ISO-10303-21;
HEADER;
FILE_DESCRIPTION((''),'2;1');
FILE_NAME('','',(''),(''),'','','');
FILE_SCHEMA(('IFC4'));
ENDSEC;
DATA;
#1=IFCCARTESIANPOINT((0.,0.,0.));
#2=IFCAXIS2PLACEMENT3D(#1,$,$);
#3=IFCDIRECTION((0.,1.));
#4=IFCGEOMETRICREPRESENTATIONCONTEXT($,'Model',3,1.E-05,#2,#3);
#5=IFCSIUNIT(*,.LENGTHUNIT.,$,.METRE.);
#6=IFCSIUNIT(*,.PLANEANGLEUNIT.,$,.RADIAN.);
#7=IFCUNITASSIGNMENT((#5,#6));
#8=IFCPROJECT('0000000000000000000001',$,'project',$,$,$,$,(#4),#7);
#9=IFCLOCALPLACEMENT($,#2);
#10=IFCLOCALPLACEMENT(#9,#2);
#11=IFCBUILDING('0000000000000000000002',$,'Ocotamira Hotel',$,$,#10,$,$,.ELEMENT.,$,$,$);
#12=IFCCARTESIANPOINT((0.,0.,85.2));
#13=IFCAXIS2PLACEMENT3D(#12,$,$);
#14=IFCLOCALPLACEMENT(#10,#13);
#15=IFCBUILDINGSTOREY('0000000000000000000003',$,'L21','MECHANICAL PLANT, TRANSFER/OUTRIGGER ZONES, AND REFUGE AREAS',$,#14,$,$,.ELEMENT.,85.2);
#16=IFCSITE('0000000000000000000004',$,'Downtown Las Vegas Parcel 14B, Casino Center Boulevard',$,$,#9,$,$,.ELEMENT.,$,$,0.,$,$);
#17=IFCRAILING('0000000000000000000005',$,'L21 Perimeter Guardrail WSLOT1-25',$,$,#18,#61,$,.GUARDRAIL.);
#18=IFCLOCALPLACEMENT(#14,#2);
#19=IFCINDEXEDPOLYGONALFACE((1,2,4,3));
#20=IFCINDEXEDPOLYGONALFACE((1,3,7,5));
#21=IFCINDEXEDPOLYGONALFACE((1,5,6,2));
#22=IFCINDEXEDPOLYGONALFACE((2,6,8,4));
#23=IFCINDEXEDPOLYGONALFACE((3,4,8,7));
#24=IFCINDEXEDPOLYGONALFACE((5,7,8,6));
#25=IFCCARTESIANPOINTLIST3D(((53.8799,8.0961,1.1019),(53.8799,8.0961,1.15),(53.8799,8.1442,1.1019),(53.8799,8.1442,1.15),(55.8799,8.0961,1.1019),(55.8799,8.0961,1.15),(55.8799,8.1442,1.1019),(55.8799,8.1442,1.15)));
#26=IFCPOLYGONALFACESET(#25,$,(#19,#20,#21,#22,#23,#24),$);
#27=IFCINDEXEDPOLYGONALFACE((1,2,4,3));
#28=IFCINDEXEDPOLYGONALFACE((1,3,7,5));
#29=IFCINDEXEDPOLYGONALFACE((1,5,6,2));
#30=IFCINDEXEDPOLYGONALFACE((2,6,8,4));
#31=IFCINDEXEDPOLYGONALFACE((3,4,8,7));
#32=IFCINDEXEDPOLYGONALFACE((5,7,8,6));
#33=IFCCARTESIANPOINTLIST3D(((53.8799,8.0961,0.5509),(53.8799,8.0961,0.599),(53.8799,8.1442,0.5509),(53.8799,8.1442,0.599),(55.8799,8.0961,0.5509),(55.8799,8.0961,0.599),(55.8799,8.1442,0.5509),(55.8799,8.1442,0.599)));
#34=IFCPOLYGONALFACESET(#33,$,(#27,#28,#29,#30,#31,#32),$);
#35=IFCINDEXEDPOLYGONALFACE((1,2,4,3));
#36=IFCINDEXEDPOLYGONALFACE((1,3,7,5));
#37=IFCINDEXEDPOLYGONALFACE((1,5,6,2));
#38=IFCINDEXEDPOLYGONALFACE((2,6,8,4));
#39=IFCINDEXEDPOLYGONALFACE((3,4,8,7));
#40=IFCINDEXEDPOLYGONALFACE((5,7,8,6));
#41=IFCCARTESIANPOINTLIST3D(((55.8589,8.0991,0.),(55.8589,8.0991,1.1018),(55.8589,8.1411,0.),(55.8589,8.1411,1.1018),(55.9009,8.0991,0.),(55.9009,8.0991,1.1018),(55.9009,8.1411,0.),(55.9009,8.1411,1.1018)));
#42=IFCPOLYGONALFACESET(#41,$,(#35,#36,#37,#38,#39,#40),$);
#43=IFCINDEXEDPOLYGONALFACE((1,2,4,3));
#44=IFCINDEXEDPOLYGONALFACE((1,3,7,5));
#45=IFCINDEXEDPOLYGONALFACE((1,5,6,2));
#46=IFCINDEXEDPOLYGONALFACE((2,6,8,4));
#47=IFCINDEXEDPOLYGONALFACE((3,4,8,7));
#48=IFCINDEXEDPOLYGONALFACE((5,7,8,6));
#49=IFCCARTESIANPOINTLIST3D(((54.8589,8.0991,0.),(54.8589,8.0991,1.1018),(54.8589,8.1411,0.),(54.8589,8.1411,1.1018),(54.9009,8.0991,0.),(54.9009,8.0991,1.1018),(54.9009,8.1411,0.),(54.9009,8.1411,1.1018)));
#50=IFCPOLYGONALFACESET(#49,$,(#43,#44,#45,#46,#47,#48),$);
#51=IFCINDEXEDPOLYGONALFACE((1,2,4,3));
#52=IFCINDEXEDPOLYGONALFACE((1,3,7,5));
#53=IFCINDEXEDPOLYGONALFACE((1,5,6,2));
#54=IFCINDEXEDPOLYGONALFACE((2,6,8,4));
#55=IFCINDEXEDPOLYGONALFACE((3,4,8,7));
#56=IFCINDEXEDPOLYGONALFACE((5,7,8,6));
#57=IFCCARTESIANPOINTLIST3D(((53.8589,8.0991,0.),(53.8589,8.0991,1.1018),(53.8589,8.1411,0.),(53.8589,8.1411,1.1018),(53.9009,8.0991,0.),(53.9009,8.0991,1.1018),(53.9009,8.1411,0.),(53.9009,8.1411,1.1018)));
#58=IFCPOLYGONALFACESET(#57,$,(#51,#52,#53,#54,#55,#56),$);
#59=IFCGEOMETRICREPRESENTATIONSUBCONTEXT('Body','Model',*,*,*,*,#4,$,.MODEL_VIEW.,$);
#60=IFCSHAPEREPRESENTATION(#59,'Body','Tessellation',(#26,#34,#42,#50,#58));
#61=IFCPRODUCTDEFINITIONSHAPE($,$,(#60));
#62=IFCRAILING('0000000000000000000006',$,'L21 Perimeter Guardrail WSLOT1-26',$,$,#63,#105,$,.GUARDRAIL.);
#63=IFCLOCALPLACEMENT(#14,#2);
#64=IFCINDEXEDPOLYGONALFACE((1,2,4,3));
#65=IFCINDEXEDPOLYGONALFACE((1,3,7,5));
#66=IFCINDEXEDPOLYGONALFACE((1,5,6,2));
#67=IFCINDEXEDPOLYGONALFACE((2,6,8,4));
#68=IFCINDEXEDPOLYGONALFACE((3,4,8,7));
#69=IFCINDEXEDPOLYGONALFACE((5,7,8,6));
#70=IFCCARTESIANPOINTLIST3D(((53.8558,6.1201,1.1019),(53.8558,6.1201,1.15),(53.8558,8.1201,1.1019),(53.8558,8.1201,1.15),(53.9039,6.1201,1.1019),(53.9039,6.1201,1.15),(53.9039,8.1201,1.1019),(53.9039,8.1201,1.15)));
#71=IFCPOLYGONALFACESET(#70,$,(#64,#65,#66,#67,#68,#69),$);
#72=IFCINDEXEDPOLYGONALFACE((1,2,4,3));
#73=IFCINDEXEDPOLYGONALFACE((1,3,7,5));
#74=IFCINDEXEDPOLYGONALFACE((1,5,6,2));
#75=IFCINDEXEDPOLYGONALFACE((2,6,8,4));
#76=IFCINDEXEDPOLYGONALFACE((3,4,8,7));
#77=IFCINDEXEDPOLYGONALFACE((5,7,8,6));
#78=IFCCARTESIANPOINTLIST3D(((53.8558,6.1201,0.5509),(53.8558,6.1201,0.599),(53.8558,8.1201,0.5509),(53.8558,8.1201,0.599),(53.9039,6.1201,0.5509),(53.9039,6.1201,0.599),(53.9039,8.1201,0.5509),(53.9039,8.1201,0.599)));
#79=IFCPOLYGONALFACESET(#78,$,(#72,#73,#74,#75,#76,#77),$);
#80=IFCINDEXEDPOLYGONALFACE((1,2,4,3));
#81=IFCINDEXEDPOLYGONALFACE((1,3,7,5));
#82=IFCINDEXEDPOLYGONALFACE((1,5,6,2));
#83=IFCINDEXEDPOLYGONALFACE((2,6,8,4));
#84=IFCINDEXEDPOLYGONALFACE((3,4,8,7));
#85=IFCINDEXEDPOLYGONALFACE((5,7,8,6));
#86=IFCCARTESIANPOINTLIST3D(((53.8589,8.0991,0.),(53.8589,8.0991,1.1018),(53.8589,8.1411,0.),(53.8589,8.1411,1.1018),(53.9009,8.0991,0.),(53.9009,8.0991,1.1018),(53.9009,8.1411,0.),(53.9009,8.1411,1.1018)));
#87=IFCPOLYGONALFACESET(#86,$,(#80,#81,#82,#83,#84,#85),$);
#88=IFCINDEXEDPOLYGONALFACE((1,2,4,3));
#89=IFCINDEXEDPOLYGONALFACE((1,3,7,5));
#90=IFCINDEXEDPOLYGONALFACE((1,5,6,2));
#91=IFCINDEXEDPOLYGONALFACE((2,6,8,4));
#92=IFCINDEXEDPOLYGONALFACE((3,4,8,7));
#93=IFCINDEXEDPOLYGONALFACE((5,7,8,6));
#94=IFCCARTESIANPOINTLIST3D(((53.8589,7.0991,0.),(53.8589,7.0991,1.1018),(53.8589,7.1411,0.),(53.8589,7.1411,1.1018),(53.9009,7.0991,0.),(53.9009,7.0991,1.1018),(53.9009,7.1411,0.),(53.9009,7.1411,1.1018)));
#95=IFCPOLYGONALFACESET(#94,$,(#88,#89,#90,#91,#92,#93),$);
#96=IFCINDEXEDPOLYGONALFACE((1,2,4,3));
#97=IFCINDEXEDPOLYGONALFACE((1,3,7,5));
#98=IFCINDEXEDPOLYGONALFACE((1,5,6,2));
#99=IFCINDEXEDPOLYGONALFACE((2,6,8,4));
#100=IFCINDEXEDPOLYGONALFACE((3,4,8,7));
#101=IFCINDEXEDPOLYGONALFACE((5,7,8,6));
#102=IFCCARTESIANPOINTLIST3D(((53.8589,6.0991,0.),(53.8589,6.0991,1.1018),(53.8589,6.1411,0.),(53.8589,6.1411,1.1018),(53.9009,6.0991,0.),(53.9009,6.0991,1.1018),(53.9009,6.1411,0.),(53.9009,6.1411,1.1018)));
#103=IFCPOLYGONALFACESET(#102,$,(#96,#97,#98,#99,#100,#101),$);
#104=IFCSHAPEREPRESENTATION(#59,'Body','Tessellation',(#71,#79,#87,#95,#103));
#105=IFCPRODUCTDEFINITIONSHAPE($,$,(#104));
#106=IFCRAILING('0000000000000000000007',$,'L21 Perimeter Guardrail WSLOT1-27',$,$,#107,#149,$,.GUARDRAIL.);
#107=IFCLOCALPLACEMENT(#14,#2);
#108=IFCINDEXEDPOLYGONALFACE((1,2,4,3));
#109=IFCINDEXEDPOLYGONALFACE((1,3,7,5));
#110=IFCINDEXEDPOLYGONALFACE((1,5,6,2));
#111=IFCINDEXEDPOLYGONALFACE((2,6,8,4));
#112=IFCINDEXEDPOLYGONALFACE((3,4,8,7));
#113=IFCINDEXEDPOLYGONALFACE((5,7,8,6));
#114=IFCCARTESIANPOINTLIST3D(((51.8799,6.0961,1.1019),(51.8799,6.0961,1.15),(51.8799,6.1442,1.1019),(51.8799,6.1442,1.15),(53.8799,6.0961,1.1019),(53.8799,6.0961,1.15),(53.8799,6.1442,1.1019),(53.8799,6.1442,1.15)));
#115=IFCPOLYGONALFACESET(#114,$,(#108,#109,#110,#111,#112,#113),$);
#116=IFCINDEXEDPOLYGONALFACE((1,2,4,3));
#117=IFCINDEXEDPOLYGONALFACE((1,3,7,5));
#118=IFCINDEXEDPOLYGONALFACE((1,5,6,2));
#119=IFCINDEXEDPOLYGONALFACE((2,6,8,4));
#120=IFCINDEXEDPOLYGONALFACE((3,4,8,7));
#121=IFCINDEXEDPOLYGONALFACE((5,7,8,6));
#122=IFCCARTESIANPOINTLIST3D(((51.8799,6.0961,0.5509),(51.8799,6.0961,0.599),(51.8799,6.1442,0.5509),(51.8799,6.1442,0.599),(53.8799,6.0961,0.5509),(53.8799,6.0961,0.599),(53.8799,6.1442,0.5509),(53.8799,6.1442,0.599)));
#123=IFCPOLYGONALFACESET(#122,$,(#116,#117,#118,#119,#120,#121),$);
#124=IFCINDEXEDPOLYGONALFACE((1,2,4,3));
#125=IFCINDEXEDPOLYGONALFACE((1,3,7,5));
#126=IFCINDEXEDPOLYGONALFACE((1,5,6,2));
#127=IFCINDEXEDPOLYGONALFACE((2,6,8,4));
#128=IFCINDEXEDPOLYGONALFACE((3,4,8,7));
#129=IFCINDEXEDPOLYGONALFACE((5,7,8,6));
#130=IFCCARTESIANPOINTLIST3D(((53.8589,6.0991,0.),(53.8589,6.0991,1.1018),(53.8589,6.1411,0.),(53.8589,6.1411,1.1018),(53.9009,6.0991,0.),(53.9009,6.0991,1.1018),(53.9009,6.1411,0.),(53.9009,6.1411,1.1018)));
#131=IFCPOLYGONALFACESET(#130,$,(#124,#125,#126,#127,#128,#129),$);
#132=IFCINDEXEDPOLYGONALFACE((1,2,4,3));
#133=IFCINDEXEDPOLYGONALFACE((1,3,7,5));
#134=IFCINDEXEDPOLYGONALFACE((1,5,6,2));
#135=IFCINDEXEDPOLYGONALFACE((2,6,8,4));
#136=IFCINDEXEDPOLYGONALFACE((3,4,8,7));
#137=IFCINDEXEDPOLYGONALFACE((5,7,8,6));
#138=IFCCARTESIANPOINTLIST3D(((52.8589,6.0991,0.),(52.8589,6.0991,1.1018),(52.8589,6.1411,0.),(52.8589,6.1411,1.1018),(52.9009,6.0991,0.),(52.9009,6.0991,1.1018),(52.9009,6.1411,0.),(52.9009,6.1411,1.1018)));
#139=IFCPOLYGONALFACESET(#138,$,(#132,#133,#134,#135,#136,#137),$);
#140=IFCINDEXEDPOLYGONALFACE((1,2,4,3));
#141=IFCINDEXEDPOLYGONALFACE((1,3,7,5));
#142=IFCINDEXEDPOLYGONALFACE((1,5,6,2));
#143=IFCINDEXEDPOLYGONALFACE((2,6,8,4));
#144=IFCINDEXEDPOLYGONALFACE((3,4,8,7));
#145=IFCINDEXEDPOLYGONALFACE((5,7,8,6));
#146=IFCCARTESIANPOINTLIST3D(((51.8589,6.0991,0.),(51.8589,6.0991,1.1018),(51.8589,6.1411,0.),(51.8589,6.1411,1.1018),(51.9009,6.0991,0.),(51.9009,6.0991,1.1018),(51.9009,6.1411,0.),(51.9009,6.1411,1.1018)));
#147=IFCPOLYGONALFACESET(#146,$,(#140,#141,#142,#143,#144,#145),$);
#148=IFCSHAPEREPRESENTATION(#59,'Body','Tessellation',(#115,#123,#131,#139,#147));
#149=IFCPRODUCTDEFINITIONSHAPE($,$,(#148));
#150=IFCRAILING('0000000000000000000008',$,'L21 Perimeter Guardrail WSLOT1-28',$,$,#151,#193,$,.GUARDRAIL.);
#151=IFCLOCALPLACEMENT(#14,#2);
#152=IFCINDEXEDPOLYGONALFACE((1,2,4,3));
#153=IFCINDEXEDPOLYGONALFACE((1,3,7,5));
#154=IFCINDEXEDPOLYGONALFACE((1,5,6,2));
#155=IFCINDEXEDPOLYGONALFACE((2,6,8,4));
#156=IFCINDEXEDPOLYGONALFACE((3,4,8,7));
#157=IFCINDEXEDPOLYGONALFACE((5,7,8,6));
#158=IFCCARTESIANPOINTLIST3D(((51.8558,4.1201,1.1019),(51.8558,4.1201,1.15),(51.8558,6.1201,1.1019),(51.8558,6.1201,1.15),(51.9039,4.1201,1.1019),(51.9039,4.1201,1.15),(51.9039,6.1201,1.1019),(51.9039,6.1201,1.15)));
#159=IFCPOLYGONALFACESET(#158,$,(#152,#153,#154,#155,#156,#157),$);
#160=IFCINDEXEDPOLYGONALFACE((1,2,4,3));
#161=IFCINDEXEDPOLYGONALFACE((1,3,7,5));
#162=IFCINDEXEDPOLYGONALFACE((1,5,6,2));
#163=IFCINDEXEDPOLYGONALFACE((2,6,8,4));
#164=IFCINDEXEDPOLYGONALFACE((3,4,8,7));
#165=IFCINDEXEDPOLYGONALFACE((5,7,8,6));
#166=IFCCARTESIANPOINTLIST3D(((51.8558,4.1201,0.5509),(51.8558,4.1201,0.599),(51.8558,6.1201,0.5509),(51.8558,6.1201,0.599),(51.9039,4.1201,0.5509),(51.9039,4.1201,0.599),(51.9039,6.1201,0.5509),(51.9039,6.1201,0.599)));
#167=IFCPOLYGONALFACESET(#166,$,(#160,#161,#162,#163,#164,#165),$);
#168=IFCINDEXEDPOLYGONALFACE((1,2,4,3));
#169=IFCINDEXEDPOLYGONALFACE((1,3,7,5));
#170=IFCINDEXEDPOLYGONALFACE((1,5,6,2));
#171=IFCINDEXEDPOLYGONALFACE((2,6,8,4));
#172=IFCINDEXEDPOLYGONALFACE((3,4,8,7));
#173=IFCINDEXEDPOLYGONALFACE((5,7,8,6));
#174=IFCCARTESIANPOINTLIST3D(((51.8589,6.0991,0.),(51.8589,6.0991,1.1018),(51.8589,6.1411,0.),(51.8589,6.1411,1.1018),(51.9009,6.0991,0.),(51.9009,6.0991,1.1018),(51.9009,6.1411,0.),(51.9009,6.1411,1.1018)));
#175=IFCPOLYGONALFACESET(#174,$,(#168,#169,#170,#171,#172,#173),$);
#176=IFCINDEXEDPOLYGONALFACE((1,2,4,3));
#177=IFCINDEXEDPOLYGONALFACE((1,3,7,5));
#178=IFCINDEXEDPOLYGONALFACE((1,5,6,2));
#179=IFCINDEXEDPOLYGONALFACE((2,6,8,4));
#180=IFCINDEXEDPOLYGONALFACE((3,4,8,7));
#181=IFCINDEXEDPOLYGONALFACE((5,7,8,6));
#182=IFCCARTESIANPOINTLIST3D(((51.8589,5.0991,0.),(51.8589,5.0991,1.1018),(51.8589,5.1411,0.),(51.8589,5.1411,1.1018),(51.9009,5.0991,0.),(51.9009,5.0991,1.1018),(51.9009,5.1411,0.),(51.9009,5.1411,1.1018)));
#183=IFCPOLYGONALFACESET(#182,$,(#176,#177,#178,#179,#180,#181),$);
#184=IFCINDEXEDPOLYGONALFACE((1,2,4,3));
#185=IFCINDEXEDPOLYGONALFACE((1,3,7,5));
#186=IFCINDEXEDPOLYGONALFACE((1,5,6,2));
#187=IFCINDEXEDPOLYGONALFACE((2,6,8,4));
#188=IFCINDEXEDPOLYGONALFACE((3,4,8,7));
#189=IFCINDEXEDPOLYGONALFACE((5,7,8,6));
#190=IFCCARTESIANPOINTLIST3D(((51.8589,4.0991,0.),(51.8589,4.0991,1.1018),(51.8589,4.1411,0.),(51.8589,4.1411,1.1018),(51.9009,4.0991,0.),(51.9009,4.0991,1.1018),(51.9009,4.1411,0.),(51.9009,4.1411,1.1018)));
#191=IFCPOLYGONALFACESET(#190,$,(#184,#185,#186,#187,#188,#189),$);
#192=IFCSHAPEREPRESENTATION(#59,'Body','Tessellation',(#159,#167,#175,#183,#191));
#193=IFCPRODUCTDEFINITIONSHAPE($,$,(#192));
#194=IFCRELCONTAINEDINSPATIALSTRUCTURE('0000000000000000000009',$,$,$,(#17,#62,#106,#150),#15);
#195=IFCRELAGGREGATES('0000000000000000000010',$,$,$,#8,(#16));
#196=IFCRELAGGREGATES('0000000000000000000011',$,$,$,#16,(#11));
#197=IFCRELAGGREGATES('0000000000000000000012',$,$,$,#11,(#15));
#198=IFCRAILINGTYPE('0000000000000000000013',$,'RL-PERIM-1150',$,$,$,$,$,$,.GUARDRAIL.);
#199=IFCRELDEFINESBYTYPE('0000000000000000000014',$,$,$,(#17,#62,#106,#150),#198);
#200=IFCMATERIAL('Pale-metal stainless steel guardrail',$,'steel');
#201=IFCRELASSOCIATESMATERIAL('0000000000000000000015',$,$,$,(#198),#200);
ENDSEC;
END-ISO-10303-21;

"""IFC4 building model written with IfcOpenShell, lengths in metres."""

from ifc_helpers import new_model, si_unit, direction, frame, origin, origin_2d, place, context, subcontext, project, spatial, rectangle, extrude, material, type_object, element, save


model = new_model("IFC4")

# Units and contexts
model_context = context("Model", 3, precision=1e-05, world=origin(), true_north=direction((0.0, 1.0)))
body_context = subcontext(model_context, "Body", "Model", "MODEL_VIEW")
ifc_project = project(units=[si_unit("LENGTHUNIT", "METRE"), si_unit("PLANEANGLEUNIT", "RADIAN")], contexts=[model_context])

# Site, building, storey
site_placement = place(None, origin())
site = spatial("IfcSite", under=ifc_project, at=site_placement, Name="Downtown Las Vegas Parcel 14B, Casino Center Boulevard", CompositionType="ELEMENT", RefElevation=0.0)
building_placement = place(site_placement, origin())
building = spatial("IfcBuilding", under=site, at=building_placement, Name="Ocotamira Hotel", CompositionType="ELEMENT")
storey_placement = place(building_placement, frame((0.0, 0.0, 85.2)))
storey = spatial("IfcBuildingStorey", under=building, at=storey_placement, Name="L21", Description="MECHANICAL PLANT, TRANSFER/OUTRIGGER ZONES, AND REFUGE AREAS", CompositionType="ELEMENT", Elevation=85.2)

# Railings
ifc_material_1 = material(Name="Pale-metal stainless steel guardrail", Category="steel")
railing_type = type_object("IfcRailingType", Name="RL-PERIM-1150", PredefinedType="GUARDRAIL", material=ifc_material_1)
railing_1_placement = place(storey_placement, frame((55.8799, 8.1201, 0.0)))
element("IfcRailing", 1, at=railing_1_placement, inside=storey, type_object=railing_type, Name="L21 Perimeter Guardrail WSLOT1-25", PredefinedType="GUARDRAIL", context=body_context, shape_type="SweptSolid", body=[
    extrude(rectangle(XDim=0.0481, YDim=0.0481, at=origin_2d()), frame((0.0, 0.0, 1.126), z_axis=(-1.0, 0.0, 0.0), x_axis=(0.0, -1.0, 0.0)), (0.0, 0.0, 1.0), 2.0),
    extrude(rectangle(XDim=0.0481, YDim=0.0481, at=origin_2d()), frame((0.0, 0.0, 0.575), z_axis=(-1.0, 0.0, 0.0), x_axis=(0.0, -1.0, 0.0)), (0.0, 0.0, 1.0), 2.0),
    extrude(rectangle(XDim=0.042, YDim=0.042, at=origin_2d()), origin(), (0.0, 0.0, 1.0), 1.1018),
    extrude(rectangle(XDim=0.042, YDim=0.042, at=origin_2d()), frame((-1.0, 0.0, 0.0)), (0.0, 0.0, 1.0), 1.1018),
    extrude(rectangle(XDim=0.042, YDim=0.042, at=origin_2d()), frame((-2.0, 0.0, 0.0)), (0.0, 0.0, 1.0), 1.1018),
])
railing_2_placement = place(storey_placement, frame((53.8799, 8.1201, 0.0)))
element("IfcRailing", 2, at=railing_2_placement, inside=storey, type_object=railing_type, Name="L21 Perimeter Guardrail WSLOT1-26", PredefinedType="GUARDRAIL", context=body_context, shape_type="SweptSolid", body=[
    extrude(rectangle(XDim=0.0481, YDim=0.0481, at=origin_2d()), frame((0.0, 0.0, 1.126), z_axis=(0.0, -1.0, 0.0), x_axis=(1.0, 0.0, 0.0)), (0.0, 0.0, 1.0), 2.0),
    extrude(rectangle(XDim=0.0481, YDim=0.0481, at=origin_2d()), frame((0.0, 0.0, 0.575), z_axis=(0.0, -1.0, 0.0), x_axis=(1.0, 0.0, 0.0)), (0.0, 0.0, 1.0), 2.0),
    extrude(rectangle(XDim=0.042, YDim=0.042, at=origin_2d()), origin(), (0.0, 0.0, 1.0), 1.1018),
    extrude(rectangle(XDim=0.042, YDim=0.042, at=origin_2d()), frame((0.0, -1.0, 0.0)), (0.0, 0.0, 1.0), 1.1018),
    extrude(rectangle(XDim=0.042, YDim=0.042, at=origin_2d()), frame((0.0, -2.0, 0.0)), (0.0, 0.0, 1.0), 1.1018),
])
railing_3_placement = place(storey_placement, frame((53.8799, 6.1201, 0.0)))
element("IfcRailing", 3, at=railing_3_placement, inside=storey, type_object=railing_type, Name="L21 Perimeter Guardrail WSLOT1-27", PredefinedType="GUARDRAIL", context=body_context, shape_type="SweptSolid", body=[
    extrude(rectangle(XDim=0.0481, YDim=0.0481, at=origin_2d()), frame((0.0, 0.0, 1.126), z_axis=(-1.0, 0.0, 0.0), x_axis=(0.0, -1.0, 0.0)), (0.0, 0.0, 1.0), 2.0),
    extrude(rectangle(XDim=0.0481, YDim=0.0481, at=origin_2d()), frame((0.0, 0.0, 0.575), z_axis=(-1.0, 0.0, 0.0), x_axis=(0.0, -1.0, 0.0)), (0.0, 0.0, 1.0), 2.0),
    extrude(rectangle(XDim=0.042, YDim=0.042, at=origin_2d()), origin(), (0.0, 0.0, 1.0), 1.1018),
    extrude(rectangle(XDim=0.042, YDim=0.042, at=origin_2d()), frame((-1.0, 0.0, 0.0)), (0.0, 0.0, 1.0), 1.1018),
    extrude(rectangle(XDim=0.042, YDim=0.042, at=origin_2d()), frame((-2.0, 0.0, 0.0)), (0.0, 0.0, 1.0), 1.1018),
])
railing_4_placement = place(storey_placement, frame((51.8799, 6.1201, 0.0)))
element("IfcRailing", 4, at=railing_4_placement, inside=storey, type_object=railing_type, Name="L21 Perimeter Guardrail WSLOT1-28", PredefinedType="GUARDRAIL", context=body_context, shape_type="SweptSolid", body=[
    extrude(rectangle(XDim=0.0481, YDim=0.0481, at=origin_2d()), frame((0.0, 0.0, 1.126), z_axis=(0.0, -1.0, 0.0), x_axis=(1.0, 0.0, 0.0)), (0.0, 0.0, 1.0), 2.0),
    extrude(rectangle(XDim=0.0481, YDim=0.0481, at=origin_2d()), frame((0.0, 0.0, 0.575), z_axis=(0.0, -1.0, 0.0), x_axis=(1.0, 0.0, 0.0)), (0.0, 0.0, 1.0), 2.0),
    extrude(rectangle(XDim=0.042, YDim=0.042, at=origin_2d()), origin(), (0.0, 0.0, 1.0), 1.1018),
    extrude(rectangle(XDim=0.042, YDim=0.042, at=origin_2d()), frame((0.0, -1.0, 0.0)), (0.0, 0.0, 1.0), 1.1018),
    extrude(rectangle(XDim=0.042, YDim=0.042, at=origin_2d()), frame((0.0, -2.0, 0.0)), (0.0, 0.0, 1.0), 1.1018),
])

save(model, "model.ifc")
